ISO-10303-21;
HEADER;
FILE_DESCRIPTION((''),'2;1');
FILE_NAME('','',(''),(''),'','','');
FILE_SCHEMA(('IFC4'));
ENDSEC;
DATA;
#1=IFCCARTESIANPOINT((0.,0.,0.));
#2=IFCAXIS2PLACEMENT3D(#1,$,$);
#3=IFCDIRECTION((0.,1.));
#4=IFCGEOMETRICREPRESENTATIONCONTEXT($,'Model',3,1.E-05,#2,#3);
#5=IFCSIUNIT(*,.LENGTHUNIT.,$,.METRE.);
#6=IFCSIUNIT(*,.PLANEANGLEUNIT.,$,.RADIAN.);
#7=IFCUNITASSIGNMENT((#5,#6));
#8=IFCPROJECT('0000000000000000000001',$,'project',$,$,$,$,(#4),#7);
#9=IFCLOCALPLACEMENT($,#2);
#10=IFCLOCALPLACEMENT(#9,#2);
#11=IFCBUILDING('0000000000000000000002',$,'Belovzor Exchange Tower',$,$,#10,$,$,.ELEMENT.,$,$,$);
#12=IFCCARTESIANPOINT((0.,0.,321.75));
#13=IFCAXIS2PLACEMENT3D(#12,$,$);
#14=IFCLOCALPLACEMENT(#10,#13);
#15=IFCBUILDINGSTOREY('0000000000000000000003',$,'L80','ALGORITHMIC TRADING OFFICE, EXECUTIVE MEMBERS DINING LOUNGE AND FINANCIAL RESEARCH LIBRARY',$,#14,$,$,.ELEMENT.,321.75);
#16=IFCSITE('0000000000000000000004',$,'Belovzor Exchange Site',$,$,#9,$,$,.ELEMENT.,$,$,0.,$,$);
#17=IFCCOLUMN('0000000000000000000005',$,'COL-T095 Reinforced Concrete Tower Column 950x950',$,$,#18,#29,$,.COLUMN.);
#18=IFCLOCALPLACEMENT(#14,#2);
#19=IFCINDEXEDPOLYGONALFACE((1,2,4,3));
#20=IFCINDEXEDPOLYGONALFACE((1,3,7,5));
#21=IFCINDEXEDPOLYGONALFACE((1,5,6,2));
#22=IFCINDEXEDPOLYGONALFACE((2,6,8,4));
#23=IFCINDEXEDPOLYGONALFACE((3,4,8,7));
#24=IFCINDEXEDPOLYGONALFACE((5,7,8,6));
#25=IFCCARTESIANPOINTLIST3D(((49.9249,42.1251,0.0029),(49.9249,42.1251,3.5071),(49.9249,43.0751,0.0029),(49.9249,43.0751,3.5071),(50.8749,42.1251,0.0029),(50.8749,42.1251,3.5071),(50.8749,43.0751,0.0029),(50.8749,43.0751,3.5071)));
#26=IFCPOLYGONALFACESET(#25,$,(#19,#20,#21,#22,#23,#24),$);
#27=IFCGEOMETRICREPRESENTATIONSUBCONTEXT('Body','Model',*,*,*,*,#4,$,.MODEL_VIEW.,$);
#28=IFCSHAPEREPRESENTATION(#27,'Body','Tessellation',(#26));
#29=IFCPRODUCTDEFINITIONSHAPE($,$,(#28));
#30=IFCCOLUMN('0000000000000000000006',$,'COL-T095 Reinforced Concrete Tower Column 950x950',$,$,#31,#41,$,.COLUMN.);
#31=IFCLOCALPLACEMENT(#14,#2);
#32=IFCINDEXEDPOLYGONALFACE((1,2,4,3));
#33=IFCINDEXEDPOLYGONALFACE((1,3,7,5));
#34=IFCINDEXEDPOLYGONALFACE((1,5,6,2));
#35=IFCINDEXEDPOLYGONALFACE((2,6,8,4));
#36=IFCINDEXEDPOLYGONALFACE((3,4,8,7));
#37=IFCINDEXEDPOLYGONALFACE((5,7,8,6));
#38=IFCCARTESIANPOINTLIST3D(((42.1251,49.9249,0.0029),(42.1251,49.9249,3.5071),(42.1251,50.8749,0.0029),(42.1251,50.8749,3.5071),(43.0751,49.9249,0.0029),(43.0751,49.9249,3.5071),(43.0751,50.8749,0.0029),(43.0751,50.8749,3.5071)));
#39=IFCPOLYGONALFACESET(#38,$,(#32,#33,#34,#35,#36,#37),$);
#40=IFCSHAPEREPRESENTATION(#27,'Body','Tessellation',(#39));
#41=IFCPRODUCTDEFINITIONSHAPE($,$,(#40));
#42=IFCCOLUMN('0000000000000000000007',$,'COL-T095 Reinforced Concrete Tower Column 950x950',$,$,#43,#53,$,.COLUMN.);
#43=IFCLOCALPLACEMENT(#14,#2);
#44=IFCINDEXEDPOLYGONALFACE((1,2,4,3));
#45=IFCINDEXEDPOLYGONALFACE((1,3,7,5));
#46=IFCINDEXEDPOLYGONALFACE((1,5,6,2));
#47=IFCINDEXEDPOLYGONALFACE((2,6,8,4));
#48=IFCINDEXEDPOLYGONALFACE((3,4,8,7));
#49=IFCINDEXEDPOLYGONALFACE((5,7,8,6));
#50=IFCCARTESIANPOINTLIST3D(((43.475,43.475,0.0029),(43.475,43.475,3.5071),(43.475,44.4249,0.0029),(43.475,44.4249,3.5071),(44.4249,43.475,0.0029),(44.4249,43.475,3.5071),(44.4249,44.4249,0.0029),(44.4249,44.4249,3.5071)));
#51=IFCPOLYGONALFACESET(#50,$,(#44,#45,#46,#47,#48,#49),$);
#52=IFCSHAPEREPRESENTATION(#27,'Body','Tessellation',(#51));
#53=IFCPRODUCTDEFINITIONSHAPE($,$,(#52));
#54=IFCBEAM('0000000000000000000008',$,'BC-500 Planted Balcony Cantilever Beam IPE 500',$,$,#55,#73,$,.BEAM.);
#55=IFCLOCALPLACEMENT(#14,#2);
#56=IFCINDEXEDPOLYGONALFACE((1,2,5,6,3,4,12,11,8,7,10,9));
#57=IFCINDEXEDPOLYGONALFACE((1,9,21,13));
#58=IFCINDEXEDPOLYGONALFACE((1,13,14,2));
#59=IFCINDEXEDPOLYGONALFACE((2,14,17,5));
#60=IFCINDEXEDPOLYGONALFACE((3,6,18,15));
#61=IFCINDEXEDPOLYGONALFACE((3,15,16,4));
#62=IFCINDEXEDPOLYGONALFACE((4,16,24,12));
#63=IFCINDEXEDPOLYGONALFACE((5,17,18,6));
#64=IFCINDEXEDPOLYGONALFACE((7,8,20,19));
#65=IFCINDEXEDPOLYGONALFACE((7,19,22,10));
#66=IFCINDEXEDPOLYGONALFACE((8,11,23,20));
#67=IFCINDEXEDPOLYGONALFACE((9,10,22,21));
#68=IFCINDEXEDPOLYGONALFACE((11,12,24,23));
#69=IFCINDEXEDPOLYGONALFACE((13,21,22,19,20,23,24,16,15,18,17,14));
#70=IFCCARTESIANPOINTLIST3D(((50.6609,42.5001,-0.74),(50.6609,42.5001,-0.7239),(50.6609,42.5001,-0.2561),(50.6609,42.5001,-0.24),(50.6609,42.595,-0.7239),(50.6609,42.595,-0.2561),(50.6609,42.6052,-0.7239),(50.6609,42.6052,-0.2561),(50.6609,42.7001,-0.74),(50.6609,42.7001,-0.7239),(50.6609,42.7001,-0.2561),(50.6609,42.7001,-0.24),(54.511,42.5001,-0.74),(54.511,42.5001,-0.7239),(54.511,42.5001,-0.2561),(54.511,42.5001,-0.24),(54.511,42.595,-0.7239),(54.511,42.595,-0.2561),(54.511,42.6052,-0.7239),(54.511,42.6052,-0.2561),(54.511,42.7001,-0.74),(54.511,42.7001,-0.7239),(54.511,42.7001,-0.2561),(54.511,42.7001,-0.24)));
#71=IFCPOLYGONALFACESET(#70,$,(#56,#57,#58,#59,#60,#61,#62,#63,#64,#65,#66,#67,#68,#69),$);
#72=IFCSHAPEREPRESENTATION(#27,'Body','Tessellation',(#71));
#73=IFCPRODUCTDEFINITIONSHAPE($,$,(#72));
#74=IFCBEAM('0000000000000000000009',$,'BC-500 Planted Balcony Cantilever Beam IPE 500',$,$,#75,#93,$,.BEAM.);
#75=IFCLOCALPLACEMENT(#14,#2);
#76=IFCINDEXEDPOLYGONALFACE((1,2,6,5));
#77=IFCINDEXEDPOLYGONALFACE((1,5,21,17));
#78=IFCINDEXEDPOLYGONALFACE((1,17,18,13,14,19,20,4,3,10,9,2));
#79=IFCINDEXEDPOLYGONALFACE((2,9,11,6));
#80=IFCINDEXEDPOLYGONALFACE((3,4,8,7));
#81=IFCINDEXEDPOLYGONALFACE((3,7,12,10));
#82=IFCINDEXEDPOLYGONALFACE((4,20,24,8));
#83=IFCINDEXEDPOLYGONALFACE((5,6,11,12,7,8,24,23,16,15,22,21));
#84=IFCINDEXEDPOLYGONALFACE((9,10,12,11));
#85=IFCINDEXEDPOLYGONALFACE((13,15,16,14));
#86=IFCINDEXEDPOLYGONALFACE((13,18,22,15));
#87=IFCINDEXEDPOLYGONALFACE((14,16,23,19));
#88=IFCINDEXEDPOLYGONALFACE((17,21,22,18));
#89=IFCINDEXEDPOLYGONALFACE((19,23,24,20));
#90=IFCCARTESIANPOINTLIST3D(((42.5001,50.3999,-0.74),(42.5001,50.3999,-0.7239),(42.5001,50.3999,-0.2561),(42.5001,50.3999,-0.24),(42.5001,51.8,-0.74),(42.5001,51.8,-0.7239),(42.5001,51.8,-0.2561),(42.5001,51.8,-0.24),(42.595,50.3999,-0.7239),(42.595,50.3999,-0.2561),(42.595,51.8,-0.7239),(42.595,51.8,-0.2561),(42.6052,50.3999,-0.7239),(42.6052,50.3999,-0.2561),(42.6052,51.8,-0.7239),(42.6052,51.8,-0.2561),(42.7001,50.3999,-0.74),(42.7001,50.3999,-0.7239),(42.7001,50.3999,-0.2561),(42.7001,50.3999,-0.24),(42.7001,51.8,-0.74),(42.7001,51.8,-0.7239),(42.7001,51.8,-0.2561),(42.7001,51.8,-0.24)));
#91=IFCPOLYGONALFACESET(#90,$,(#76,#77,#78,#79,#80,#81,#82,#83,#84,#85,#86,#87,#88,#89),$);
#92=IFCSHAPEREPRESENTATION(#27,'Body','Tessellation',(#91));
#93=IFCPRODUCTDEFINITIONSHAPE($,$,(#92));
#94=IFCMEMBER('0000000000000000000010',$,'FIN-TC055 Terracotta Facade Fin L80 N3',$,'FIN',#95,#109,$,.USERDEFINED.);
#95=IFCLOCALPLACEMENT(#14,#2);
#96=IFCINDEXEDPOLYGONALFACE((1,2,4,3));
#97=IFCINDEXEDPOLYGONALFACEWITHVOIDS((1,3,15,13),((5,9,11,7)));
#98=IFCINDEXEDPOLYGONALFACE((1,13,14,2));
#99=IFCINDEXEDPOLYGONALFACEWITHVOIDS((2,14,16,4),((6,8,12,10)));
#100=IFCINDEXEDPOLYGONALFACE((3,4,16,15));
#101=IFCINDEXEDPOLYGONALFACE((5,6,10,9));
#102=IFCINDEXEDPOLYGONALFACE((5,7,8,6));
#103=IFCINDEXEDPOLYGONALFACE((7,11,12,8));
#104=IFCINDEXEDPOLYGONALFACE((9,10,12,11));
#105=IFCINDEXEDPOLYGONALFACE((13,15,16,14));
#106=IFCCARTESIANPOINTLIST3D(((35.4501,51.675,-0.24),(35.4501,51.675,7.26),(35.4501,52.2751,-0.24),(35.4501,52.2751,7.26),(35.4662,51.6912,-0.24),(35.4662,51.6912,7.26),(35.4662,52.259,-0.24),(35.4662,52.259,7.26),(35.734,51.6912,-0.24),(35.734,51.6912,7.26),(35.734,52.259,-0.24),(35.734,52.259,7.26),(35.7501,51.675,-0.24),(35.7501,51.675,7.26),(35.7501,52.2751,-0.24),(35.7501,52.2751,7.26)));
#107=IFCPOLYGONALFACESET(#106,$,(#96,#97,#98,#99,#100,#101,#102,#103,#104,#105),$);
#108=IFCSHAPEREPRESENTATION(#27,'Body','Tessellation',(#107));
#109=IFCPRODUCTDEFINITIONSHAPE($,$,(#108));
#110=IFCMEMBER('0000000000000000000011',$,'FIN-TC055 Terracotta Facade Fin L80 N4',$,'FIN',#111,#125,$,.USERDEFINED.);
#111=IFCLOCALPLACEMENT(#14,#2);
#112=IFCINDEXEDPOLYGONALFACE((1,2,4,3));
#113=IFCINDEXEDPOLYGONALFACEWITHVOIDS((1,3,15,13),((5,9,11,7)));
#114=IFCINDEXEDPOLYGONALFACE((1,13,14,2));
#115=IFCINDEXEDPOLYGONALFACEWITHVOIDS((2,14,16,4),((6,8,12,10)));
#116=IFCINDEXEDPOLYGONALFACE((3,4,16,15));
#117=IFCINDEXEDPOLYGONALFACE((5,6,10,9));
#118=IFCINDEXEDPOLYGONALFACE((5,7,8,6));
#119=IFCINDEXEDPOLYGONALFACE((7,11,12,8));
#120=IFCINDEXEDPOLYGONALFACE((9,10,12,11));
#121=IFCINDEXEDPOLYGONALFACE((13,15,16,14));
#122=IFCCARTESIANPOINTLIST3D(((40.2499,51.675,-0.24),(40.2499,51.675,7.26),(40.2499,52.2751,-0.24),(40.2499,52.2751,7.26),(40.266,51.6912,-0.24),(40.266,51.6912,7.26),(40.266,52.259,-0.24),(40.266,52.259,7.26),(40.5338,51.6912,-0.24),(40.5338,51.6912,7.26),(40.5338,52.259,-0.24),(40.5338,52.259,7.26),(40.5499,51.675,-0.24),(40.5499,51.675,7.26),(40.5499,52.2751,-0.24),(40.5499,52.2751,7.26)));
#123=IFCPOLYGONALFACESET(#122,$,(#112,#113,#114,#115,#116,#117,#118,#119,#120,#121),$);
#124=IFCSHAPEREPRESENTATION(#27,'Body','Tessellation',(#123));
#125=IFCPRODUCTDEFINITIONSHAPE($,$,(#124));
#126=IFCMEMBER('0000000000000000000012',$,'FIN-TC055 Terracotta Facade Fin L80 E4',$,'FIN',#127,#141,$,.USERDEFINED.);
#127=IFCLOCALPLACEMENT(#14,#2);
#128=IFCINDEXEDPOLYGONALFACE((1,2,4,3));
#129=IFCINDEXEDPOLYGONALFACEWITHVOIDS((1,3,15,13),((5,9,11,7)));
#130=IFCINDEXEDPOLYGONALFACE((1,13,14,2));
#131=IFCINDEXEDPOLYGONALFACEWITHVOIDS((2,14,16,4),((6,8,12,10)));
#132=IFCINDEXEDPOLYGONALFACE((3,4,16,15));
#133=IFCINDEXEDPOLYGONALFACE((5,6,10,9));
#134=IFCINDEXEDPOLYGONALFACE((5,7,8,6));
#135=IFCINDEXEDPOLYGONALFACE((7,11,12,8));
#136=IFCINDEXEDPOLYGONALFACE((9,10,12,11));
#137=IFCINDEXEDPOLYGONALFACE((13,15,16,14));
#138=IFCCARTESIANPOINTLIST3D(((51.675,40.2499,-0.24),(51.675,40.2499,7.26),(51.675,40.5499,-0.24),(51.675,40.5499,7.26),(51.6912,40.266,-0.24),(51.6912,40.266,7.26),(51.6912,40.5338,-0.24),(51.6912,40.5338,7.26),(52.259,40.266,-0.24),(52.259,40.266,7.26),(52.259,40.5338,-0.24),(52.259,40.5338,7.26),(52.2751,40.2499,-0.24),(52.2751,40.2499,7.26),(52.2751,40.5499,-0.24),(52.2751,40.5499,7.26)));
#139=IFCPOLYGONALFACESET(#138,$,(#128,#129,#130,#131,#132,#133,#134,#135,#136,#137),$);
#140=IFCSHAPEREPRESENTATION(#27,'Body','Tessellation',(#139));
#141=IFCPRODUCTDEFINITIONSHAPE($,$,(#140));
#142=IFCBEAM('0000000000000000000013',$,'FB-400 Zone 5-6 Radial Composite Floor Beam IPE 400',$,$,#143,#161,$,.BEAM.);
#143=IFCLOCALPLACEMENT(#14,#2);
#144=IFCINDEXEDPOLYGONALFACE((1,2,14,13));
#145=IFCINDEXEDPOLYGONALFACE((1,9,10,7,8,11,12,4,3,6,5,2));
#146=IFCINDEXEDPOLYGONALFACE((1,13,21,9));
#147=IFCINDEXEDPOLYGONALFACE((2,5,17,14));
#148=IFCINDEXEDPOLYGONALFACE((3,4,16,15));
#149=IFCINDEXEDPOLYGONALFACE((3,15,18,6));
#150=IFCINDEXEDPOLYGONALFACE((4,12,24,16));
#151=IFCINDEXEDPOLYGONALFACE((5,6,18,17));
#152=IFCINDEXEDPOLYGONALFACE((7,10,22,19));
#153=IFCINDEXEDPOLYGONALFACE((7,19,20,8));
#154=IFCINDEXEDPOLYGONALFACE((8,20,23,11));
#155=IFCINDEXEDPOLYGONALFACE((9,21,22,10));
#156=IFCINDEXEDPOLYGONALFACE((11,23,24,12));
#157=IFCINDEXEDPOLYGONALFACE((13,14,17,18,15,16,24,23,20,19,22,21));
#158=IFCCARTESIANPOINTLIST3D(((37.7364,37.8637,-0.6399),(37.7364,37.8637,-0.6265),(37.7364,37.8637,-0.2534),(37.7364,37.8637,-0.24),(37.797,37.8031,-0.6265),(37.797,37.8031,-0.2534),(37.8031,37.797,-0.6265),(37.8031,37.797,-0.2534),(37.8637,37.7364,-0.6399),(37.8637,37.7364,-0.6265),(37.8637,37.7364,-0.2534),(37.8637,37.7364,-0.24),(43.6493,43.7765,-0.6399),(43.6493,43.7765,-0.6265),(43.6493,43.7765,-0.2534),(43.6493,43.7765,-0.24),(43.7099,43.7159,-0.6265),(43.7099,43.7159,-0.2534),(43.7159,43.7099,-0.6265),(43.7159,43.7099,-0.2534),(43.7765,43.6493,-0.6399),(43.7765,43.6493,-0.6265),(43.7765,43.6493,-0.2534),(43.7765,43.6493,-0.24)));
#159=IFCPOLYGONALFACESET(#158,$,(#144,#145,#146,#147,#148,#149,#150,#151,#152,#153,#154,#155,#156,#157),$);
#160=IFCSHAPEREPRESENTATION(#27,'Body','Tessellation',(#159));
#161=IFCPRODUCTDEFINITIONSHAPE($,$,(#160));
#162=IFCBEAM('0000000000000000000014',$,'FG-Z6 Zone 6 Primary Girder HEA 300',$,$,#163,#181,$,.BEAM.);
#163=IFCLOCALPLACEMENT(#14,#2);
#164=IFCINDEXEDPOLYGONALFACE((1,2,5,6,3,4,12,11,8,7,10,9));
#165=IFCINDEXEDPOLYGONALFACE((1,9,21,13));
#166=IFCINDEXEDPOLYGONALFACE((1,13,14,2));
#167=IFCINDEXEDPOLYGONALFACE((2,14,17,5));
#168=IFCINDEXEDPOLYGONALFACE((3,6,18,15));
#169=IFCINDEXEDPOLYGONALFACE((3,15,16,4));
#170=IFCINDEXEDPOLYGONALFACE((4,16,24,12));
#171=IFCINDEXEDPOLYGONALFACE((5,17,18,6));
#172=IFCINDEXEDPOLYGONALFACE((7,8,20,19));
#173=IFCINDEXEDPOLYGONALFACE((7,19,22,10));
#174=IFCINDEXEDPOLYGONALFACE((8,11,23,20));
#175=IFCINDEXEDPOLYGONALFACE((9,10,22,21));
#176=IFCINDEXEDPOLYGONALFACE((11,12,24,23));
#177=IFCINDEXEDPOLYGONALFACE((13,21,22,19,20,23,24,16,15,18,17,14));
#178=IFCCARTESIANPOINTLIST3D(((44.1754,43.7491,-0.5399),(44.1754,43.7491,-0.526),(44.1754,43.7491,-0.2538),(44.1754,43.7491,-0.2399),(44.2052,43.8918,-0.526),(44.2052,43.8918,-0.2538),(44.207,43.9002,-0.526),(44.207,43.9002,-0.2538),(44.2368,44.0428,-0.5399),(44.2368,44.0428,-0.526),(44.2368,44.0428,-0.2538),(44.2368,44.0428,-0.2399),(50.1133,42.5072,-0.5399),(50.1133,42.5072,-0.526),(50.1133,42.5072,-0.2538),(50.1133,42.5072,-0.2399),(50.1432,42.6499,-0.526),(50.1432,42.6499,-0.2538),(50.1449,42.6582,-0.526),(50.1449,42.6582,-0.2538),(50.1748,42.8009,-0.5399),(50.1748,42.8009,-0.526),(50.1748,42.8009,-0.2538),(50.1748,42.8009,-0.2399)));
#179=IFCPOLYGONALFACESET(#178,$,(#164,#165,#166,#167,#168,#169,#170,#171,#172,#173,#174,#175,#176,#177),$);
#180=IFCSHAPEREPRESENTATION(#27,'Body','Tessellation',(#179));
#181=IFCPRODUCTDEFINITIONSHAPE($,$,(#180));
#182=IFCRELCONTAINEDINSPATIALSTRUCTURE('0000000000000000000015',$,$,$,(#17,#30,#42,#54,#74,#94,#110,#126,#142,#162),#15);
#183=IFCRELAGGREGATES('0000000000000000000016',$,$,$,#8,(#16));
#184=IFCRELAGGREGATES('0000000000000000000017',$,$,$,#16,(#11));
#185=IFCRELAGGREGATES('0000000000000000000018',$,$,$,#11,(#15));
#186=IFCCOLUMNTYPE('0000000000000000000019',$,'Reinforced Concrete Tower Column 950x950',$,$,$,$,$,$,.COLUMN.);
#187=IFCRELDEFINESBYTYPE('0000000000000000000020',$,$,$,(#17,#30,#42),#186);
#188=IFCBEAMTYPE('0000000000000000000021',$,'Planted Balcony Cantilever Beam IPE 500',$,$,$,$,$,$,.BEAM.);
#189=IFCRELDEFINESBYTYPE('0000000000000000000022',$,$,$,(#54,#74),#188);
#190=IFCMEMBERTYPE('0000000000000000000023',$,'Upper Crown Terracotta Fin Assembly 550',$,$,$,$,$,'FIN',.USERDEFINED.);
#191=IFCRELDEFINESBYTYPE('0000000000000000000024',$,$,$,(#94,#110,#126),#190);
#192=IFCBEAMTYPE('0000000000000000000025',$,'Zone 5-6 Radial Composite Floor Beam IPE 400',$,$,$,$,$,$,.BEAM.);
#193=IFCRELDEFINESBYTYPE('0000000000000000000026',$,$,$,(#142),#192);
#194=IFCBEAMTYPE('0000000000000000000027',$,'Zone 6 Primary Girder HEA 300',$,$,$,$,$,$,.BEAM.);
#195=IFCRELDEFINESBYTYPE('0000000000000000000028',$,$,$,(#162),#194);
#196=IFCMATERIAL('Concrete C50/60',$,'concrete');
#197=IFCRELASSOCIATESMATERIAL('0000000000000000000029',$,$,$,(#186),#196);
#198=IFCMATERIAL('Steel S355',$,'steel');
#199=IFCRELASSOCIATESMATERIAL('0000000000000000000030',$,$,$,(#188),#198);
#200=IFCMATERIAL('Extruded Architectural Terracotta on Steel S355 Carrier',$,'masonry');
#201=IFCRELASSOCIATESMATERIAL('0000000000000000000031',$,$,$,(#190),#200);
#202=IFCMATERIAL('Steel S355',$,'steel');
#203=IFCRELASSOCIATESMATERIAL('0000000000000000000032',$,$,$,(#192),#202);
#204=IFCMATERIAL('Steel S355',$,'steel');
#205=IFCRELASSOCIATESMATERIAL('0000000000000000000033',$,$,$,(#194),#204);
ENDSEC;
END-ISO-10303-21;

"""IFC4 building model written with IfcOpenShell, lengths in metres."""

from ifc_helpers import new_model, si_unit, direction, frame, origin, origin_2d, place, context, subcontext, project, spatial, rectangle, hollow_rectangle, i_section, extrude, material, material_profile, profile_set, type_object, element, save


model = new_model("IFC4")

# Units and contexts
model_context = context("Model", 3, precision=1e-05, world=origin(), true_north=direction((0.0, 1.0)))
body_context = subcontext(model_context, "Body", "Model", "MODEL_VIEW")
ifc_project = project(units=[si_unit("LENGTHUNIT", "METRE"), si_unit("PLANEANGLEUNIT", "RADIAN")], contexts=[model_context])

# Site, building, storey
site_placement = place(None, origin())
site = spatial("IfcSite", under=ifc_project, at=site_placement, Name="Belovzor Exchange Site", CompositionType="ELEMENT", RefElevation=0.0)
building_placement = place(site_placement, origin())
building = spatial("IfcBuilding", under=site, at=building_placement, Name="Belovzor Exchange Tower", CompositionType="ELEMENT")
storey_placement = place(building_placement, frame((0.0, 0.0, 321.75)))
storey = spatial("IfcBuildingStorey", under=building, at=storey_placement, Name="L80", Description="ALGORITHMIC TRADING OFFICE, EXECUTIVE MEMBERS DINING LOUNGE AND FINANCIAL RESEARCH LIBRARY", CompositionType="ELEMENT", Elevation=321.75)

# Columns
ifc_material_1 = material(Name="Concrete C50/60", Category="concrete")
ifc_material_profile_1 = material_profile(ifc_material_1, rectangle(XDim=0.95, YDim=0.95, at=origin_2d()))
ifc_profile_set_1 = profile_set([ifc_material_profile_1], Name="Concrete C50/60")
column_type = type_object("IfcColumnType", Name="Reinforced Concrete Tower Column 950x950", PredefinedType="COLUMN", material=ifc_profile_set_1)
for number, where, z_axis, x_axis, name in (
    (1, (50.3999, 42.6001, 0.0029), (0.0, 0.0, 1.0), (1.0, 0.0, 0.0), "COL-T095 Reinforced Concrete Tower Column 950x950"),
    (2, (42.6001, 50.3999, 0.0029), (0.0, 0.0, 1.0), (1.0, 0.0, 0.0), "COL-T095 Reinforced Concrete Tower Column 950x950"),
    (3, (43.95, 43.95, 0.0029), (0.0, 0.0, 1.0), (1.0, 0.0, 0.0), "COL-T095 Reinforced Concrete Tower Column 950x950"),
):
    element("IfcColumn", number, at=place(storey_placement, frame(where, z_axis=z_axis, x_axis=x_axis)), inside=storey, type_object=column_type, Name=name, PredefinedType="COLUMN", context=body_context, shape_type="SweptSolid", body=[
        extrude(rectangle(XDim=0.95, YDim=0.95, at=origin_2d()), origin(), (0.0, 0.0, 1.0), 3.5042),
    ])

# Beams
ifc_material_2 = material(Name="Steel S355", Category="steel")
ifc_material_profile_2 = material_profile(ifc_material_2, i_section(OverallWidth=0.2, OverallDepth=0.5, WebThickness=0.0103, FlangeThickness=0.0161, at=origin_2d()))
ifc_profile_set_2 = profile_set([ifc_material_profile_2], Name="Steel S355")
beam_type_1 = type_object("IfcBeamType", Name="Planted Balcony Cantilever Beam IPE 500", PredefinedType="BEAM", material=ifc_profile_set_2)
beam_1_placement = place(storey_placement, frame((50.6609, 42.6001, -0.49), z_axis=(1.0, 0.0, 0.0), x_axis=(0.0, 1.0, 0.0)))
element("IfcBeam", 4, at=beam_1_placement, inside=storey, type_object=beam_type_1, Name="BC-500 Planted Balcony Cantilever Beam IPE 500", PredefinedType="BEAM", context=body_context, shape_type="SweptSolid", body=[
    extrude(i_section(OverallWidth=0.2, OverallDepth=0.5, WebThickness=0.0103, FlangeThickness=0.0161, at=origin_2d()), origin(), (0.0, 0.0, 1.0), 3.8501),
])
beam_2_placement = place(storey_placement, frame((42.6001, 50.3999, -0.49), z_axis=(0.0, 1.0, 0.0), x_axis=(-1.0, 0.0, 0.0)))
element("IfcBeam", 5, at=beam_2_placement, inside=storey, type_object=beam_type_1, Name="BC-500 Planted Balcony Cantilever Beam IPE 500", PredefinedType="BEAM", context=body_context, shape_type="SweptSolid", body=[
    extrude(i_section(OverallWidth=0.2, OverallDepth=0.5, WebThickness=0.0103, FlangeThickness=0.0161, at=origin_2d()), origin(), (0.0, 0.0, 1.0), 1.4001),
])

# Members
ifc_material_3 = material(Name="Extruded Architectural Terracotta on Steel S355 Carrier", Category="masonry")
ifc_material_profile_3 = material_profile(ifc_material_3, hollow_rectangle(XDim=0.3, YDim=0.6001, WallThickness=0.0161, at=origin_2d()))
ifc_profile_set_3 = profile_set([ifc_material_profile_3], Name="Extruded Architectural Terracotta on Steel S355 Carrier")
member_type = type_object("IfcMemberType", Name="Upper Crown Terracotta Fin Assembly 550", ElementType="FIN", PredefinedType="USERDEFINED", material=ifc_profile_set_3)
for number, where, z_axis, x_axis, name in (
    (6, (35.6001, 51.9751, -0.24), (0.0, 0.0, 1.0), (1.0, 0.0, 0.0), "FIN-TC055 Terracotta Facade Fin L80 N3"),
    (7, (40.3999, 51.9751, -0.24), (0.0, 0.0, 1.0), (1.0, 0.0, 0.0), "FIN-TC055 Terracotta Facade Fin L80 N4"),
    (8, (51.9751, 40.3999, -0.24), (0.0, 0.0, 1.0), (0.0, 1.0, 0.0), "FIN-TC055 Terracotta Facade Fin L80 E4"),
):
    element("IfcMember", number, at=place(storey_placement, frame(where, z_axis=z_axis, x_axis=x_axis)), inside=storey, type_object=member_type, Name=name, ObjectType="FIN", PredefinedType="USERDEFINED", context=body_context, shape_type="SweptSolid", body=[
        extrude(hollow_rectangle(XDim=0.3, YDim=0.6001, WallThickness=0.0161, at=origin_2d()), origin(), (0.0, 0.0, 1.0), 7.5),
    ])

# Beams
ifc_material_4 = material(Name="Steel S355", Category="steel")
ifc_material_profile_4 = material_profile(ifc_material_4, i_section(OverallWidth=0.1799, OverallDepth=0.3999, WebThickness=0.0085, FlangeThickness=0.0134, at=origin_2d()))
ifc_profile_set_4 = profile_set([ifc_material_profile_4], Name="Steel S355")
beam_type_2 = type_object("IfcBeamType", Name="Zone 5-6 Radial Composite Floor Beam IPE 400", PredefinedType="BEAM", material=ifc_profile_set_4)
beam_3_placement = place(storey_placement, frame((37.8, 37.8, -0.4399), z_axis=(0.707107, 0.707107, 0.0), x_axis=(-0.707107, 0.707107, 0.0)))
element("IfcBeam", 9, at=beam_3_placement, inside=storey, type_object=beam_type_2, Name="FB-400 Zone 5-6 Radial Composite Floor Beam IPE 400", PredefinedType="BEAM", context=body_context, shape_type="SweptSolid", body=[
    extrude(i_section(OverallWidth=0.1799, OverallDepth=0.3999, WebThickness=0.0085, FlangeThickness=0.0134, at=origin_2d()), origin(), (0.0, 0.0, 1.0), 8.3621),
])
ifc_material_5 = material(Name="Steel S355", Category="steel")
ifc_material_profile_5 = material_profile(ifc_material_5, i_section(OverallWidth=0.3, OverallDepth=0.3, WebThickness=0.0085, FlangeThickness=0.0139, at=origin_2d()))
ifc_profile_set_5 = profile_set([ifc_material_profile_5], Name="Steel S355")
beam_type_3 = type_object("IfcBeamType", Name="Zone 6 Primary Girder HEA 300", PredefinedType="BEAM", material=ifc_profile_set_5)
for number, where, z_axis, x_axis, name in (
    (10, (50.144, 42.6541, -0.3899), (-0.97882, 0.204722, 0.0), (-0.204722, -0.97882, 0.0), "FG-Z6 Zone 6 Primary Girder HEA 300"),
):
    element("IfcBeam", number, at=place(storey_placement, frame(where, z_axis=z_axis, x_axis=x_axis)), inside=storey, type_object=beam_type_3, Name=name, PredefinedType="BEAM", context=body_context, shape_type="SweptSolid", body=[
        extrude(i_section(OverallWidth=0.3, OverallDepth=0.3, WebThickness=0.0085, FlangeThickness=0.0139, at=origin_2d()), origin(), (0.0, 0.0, 1.0), 6.0664),
    ])

save(model, "model.ifc")
